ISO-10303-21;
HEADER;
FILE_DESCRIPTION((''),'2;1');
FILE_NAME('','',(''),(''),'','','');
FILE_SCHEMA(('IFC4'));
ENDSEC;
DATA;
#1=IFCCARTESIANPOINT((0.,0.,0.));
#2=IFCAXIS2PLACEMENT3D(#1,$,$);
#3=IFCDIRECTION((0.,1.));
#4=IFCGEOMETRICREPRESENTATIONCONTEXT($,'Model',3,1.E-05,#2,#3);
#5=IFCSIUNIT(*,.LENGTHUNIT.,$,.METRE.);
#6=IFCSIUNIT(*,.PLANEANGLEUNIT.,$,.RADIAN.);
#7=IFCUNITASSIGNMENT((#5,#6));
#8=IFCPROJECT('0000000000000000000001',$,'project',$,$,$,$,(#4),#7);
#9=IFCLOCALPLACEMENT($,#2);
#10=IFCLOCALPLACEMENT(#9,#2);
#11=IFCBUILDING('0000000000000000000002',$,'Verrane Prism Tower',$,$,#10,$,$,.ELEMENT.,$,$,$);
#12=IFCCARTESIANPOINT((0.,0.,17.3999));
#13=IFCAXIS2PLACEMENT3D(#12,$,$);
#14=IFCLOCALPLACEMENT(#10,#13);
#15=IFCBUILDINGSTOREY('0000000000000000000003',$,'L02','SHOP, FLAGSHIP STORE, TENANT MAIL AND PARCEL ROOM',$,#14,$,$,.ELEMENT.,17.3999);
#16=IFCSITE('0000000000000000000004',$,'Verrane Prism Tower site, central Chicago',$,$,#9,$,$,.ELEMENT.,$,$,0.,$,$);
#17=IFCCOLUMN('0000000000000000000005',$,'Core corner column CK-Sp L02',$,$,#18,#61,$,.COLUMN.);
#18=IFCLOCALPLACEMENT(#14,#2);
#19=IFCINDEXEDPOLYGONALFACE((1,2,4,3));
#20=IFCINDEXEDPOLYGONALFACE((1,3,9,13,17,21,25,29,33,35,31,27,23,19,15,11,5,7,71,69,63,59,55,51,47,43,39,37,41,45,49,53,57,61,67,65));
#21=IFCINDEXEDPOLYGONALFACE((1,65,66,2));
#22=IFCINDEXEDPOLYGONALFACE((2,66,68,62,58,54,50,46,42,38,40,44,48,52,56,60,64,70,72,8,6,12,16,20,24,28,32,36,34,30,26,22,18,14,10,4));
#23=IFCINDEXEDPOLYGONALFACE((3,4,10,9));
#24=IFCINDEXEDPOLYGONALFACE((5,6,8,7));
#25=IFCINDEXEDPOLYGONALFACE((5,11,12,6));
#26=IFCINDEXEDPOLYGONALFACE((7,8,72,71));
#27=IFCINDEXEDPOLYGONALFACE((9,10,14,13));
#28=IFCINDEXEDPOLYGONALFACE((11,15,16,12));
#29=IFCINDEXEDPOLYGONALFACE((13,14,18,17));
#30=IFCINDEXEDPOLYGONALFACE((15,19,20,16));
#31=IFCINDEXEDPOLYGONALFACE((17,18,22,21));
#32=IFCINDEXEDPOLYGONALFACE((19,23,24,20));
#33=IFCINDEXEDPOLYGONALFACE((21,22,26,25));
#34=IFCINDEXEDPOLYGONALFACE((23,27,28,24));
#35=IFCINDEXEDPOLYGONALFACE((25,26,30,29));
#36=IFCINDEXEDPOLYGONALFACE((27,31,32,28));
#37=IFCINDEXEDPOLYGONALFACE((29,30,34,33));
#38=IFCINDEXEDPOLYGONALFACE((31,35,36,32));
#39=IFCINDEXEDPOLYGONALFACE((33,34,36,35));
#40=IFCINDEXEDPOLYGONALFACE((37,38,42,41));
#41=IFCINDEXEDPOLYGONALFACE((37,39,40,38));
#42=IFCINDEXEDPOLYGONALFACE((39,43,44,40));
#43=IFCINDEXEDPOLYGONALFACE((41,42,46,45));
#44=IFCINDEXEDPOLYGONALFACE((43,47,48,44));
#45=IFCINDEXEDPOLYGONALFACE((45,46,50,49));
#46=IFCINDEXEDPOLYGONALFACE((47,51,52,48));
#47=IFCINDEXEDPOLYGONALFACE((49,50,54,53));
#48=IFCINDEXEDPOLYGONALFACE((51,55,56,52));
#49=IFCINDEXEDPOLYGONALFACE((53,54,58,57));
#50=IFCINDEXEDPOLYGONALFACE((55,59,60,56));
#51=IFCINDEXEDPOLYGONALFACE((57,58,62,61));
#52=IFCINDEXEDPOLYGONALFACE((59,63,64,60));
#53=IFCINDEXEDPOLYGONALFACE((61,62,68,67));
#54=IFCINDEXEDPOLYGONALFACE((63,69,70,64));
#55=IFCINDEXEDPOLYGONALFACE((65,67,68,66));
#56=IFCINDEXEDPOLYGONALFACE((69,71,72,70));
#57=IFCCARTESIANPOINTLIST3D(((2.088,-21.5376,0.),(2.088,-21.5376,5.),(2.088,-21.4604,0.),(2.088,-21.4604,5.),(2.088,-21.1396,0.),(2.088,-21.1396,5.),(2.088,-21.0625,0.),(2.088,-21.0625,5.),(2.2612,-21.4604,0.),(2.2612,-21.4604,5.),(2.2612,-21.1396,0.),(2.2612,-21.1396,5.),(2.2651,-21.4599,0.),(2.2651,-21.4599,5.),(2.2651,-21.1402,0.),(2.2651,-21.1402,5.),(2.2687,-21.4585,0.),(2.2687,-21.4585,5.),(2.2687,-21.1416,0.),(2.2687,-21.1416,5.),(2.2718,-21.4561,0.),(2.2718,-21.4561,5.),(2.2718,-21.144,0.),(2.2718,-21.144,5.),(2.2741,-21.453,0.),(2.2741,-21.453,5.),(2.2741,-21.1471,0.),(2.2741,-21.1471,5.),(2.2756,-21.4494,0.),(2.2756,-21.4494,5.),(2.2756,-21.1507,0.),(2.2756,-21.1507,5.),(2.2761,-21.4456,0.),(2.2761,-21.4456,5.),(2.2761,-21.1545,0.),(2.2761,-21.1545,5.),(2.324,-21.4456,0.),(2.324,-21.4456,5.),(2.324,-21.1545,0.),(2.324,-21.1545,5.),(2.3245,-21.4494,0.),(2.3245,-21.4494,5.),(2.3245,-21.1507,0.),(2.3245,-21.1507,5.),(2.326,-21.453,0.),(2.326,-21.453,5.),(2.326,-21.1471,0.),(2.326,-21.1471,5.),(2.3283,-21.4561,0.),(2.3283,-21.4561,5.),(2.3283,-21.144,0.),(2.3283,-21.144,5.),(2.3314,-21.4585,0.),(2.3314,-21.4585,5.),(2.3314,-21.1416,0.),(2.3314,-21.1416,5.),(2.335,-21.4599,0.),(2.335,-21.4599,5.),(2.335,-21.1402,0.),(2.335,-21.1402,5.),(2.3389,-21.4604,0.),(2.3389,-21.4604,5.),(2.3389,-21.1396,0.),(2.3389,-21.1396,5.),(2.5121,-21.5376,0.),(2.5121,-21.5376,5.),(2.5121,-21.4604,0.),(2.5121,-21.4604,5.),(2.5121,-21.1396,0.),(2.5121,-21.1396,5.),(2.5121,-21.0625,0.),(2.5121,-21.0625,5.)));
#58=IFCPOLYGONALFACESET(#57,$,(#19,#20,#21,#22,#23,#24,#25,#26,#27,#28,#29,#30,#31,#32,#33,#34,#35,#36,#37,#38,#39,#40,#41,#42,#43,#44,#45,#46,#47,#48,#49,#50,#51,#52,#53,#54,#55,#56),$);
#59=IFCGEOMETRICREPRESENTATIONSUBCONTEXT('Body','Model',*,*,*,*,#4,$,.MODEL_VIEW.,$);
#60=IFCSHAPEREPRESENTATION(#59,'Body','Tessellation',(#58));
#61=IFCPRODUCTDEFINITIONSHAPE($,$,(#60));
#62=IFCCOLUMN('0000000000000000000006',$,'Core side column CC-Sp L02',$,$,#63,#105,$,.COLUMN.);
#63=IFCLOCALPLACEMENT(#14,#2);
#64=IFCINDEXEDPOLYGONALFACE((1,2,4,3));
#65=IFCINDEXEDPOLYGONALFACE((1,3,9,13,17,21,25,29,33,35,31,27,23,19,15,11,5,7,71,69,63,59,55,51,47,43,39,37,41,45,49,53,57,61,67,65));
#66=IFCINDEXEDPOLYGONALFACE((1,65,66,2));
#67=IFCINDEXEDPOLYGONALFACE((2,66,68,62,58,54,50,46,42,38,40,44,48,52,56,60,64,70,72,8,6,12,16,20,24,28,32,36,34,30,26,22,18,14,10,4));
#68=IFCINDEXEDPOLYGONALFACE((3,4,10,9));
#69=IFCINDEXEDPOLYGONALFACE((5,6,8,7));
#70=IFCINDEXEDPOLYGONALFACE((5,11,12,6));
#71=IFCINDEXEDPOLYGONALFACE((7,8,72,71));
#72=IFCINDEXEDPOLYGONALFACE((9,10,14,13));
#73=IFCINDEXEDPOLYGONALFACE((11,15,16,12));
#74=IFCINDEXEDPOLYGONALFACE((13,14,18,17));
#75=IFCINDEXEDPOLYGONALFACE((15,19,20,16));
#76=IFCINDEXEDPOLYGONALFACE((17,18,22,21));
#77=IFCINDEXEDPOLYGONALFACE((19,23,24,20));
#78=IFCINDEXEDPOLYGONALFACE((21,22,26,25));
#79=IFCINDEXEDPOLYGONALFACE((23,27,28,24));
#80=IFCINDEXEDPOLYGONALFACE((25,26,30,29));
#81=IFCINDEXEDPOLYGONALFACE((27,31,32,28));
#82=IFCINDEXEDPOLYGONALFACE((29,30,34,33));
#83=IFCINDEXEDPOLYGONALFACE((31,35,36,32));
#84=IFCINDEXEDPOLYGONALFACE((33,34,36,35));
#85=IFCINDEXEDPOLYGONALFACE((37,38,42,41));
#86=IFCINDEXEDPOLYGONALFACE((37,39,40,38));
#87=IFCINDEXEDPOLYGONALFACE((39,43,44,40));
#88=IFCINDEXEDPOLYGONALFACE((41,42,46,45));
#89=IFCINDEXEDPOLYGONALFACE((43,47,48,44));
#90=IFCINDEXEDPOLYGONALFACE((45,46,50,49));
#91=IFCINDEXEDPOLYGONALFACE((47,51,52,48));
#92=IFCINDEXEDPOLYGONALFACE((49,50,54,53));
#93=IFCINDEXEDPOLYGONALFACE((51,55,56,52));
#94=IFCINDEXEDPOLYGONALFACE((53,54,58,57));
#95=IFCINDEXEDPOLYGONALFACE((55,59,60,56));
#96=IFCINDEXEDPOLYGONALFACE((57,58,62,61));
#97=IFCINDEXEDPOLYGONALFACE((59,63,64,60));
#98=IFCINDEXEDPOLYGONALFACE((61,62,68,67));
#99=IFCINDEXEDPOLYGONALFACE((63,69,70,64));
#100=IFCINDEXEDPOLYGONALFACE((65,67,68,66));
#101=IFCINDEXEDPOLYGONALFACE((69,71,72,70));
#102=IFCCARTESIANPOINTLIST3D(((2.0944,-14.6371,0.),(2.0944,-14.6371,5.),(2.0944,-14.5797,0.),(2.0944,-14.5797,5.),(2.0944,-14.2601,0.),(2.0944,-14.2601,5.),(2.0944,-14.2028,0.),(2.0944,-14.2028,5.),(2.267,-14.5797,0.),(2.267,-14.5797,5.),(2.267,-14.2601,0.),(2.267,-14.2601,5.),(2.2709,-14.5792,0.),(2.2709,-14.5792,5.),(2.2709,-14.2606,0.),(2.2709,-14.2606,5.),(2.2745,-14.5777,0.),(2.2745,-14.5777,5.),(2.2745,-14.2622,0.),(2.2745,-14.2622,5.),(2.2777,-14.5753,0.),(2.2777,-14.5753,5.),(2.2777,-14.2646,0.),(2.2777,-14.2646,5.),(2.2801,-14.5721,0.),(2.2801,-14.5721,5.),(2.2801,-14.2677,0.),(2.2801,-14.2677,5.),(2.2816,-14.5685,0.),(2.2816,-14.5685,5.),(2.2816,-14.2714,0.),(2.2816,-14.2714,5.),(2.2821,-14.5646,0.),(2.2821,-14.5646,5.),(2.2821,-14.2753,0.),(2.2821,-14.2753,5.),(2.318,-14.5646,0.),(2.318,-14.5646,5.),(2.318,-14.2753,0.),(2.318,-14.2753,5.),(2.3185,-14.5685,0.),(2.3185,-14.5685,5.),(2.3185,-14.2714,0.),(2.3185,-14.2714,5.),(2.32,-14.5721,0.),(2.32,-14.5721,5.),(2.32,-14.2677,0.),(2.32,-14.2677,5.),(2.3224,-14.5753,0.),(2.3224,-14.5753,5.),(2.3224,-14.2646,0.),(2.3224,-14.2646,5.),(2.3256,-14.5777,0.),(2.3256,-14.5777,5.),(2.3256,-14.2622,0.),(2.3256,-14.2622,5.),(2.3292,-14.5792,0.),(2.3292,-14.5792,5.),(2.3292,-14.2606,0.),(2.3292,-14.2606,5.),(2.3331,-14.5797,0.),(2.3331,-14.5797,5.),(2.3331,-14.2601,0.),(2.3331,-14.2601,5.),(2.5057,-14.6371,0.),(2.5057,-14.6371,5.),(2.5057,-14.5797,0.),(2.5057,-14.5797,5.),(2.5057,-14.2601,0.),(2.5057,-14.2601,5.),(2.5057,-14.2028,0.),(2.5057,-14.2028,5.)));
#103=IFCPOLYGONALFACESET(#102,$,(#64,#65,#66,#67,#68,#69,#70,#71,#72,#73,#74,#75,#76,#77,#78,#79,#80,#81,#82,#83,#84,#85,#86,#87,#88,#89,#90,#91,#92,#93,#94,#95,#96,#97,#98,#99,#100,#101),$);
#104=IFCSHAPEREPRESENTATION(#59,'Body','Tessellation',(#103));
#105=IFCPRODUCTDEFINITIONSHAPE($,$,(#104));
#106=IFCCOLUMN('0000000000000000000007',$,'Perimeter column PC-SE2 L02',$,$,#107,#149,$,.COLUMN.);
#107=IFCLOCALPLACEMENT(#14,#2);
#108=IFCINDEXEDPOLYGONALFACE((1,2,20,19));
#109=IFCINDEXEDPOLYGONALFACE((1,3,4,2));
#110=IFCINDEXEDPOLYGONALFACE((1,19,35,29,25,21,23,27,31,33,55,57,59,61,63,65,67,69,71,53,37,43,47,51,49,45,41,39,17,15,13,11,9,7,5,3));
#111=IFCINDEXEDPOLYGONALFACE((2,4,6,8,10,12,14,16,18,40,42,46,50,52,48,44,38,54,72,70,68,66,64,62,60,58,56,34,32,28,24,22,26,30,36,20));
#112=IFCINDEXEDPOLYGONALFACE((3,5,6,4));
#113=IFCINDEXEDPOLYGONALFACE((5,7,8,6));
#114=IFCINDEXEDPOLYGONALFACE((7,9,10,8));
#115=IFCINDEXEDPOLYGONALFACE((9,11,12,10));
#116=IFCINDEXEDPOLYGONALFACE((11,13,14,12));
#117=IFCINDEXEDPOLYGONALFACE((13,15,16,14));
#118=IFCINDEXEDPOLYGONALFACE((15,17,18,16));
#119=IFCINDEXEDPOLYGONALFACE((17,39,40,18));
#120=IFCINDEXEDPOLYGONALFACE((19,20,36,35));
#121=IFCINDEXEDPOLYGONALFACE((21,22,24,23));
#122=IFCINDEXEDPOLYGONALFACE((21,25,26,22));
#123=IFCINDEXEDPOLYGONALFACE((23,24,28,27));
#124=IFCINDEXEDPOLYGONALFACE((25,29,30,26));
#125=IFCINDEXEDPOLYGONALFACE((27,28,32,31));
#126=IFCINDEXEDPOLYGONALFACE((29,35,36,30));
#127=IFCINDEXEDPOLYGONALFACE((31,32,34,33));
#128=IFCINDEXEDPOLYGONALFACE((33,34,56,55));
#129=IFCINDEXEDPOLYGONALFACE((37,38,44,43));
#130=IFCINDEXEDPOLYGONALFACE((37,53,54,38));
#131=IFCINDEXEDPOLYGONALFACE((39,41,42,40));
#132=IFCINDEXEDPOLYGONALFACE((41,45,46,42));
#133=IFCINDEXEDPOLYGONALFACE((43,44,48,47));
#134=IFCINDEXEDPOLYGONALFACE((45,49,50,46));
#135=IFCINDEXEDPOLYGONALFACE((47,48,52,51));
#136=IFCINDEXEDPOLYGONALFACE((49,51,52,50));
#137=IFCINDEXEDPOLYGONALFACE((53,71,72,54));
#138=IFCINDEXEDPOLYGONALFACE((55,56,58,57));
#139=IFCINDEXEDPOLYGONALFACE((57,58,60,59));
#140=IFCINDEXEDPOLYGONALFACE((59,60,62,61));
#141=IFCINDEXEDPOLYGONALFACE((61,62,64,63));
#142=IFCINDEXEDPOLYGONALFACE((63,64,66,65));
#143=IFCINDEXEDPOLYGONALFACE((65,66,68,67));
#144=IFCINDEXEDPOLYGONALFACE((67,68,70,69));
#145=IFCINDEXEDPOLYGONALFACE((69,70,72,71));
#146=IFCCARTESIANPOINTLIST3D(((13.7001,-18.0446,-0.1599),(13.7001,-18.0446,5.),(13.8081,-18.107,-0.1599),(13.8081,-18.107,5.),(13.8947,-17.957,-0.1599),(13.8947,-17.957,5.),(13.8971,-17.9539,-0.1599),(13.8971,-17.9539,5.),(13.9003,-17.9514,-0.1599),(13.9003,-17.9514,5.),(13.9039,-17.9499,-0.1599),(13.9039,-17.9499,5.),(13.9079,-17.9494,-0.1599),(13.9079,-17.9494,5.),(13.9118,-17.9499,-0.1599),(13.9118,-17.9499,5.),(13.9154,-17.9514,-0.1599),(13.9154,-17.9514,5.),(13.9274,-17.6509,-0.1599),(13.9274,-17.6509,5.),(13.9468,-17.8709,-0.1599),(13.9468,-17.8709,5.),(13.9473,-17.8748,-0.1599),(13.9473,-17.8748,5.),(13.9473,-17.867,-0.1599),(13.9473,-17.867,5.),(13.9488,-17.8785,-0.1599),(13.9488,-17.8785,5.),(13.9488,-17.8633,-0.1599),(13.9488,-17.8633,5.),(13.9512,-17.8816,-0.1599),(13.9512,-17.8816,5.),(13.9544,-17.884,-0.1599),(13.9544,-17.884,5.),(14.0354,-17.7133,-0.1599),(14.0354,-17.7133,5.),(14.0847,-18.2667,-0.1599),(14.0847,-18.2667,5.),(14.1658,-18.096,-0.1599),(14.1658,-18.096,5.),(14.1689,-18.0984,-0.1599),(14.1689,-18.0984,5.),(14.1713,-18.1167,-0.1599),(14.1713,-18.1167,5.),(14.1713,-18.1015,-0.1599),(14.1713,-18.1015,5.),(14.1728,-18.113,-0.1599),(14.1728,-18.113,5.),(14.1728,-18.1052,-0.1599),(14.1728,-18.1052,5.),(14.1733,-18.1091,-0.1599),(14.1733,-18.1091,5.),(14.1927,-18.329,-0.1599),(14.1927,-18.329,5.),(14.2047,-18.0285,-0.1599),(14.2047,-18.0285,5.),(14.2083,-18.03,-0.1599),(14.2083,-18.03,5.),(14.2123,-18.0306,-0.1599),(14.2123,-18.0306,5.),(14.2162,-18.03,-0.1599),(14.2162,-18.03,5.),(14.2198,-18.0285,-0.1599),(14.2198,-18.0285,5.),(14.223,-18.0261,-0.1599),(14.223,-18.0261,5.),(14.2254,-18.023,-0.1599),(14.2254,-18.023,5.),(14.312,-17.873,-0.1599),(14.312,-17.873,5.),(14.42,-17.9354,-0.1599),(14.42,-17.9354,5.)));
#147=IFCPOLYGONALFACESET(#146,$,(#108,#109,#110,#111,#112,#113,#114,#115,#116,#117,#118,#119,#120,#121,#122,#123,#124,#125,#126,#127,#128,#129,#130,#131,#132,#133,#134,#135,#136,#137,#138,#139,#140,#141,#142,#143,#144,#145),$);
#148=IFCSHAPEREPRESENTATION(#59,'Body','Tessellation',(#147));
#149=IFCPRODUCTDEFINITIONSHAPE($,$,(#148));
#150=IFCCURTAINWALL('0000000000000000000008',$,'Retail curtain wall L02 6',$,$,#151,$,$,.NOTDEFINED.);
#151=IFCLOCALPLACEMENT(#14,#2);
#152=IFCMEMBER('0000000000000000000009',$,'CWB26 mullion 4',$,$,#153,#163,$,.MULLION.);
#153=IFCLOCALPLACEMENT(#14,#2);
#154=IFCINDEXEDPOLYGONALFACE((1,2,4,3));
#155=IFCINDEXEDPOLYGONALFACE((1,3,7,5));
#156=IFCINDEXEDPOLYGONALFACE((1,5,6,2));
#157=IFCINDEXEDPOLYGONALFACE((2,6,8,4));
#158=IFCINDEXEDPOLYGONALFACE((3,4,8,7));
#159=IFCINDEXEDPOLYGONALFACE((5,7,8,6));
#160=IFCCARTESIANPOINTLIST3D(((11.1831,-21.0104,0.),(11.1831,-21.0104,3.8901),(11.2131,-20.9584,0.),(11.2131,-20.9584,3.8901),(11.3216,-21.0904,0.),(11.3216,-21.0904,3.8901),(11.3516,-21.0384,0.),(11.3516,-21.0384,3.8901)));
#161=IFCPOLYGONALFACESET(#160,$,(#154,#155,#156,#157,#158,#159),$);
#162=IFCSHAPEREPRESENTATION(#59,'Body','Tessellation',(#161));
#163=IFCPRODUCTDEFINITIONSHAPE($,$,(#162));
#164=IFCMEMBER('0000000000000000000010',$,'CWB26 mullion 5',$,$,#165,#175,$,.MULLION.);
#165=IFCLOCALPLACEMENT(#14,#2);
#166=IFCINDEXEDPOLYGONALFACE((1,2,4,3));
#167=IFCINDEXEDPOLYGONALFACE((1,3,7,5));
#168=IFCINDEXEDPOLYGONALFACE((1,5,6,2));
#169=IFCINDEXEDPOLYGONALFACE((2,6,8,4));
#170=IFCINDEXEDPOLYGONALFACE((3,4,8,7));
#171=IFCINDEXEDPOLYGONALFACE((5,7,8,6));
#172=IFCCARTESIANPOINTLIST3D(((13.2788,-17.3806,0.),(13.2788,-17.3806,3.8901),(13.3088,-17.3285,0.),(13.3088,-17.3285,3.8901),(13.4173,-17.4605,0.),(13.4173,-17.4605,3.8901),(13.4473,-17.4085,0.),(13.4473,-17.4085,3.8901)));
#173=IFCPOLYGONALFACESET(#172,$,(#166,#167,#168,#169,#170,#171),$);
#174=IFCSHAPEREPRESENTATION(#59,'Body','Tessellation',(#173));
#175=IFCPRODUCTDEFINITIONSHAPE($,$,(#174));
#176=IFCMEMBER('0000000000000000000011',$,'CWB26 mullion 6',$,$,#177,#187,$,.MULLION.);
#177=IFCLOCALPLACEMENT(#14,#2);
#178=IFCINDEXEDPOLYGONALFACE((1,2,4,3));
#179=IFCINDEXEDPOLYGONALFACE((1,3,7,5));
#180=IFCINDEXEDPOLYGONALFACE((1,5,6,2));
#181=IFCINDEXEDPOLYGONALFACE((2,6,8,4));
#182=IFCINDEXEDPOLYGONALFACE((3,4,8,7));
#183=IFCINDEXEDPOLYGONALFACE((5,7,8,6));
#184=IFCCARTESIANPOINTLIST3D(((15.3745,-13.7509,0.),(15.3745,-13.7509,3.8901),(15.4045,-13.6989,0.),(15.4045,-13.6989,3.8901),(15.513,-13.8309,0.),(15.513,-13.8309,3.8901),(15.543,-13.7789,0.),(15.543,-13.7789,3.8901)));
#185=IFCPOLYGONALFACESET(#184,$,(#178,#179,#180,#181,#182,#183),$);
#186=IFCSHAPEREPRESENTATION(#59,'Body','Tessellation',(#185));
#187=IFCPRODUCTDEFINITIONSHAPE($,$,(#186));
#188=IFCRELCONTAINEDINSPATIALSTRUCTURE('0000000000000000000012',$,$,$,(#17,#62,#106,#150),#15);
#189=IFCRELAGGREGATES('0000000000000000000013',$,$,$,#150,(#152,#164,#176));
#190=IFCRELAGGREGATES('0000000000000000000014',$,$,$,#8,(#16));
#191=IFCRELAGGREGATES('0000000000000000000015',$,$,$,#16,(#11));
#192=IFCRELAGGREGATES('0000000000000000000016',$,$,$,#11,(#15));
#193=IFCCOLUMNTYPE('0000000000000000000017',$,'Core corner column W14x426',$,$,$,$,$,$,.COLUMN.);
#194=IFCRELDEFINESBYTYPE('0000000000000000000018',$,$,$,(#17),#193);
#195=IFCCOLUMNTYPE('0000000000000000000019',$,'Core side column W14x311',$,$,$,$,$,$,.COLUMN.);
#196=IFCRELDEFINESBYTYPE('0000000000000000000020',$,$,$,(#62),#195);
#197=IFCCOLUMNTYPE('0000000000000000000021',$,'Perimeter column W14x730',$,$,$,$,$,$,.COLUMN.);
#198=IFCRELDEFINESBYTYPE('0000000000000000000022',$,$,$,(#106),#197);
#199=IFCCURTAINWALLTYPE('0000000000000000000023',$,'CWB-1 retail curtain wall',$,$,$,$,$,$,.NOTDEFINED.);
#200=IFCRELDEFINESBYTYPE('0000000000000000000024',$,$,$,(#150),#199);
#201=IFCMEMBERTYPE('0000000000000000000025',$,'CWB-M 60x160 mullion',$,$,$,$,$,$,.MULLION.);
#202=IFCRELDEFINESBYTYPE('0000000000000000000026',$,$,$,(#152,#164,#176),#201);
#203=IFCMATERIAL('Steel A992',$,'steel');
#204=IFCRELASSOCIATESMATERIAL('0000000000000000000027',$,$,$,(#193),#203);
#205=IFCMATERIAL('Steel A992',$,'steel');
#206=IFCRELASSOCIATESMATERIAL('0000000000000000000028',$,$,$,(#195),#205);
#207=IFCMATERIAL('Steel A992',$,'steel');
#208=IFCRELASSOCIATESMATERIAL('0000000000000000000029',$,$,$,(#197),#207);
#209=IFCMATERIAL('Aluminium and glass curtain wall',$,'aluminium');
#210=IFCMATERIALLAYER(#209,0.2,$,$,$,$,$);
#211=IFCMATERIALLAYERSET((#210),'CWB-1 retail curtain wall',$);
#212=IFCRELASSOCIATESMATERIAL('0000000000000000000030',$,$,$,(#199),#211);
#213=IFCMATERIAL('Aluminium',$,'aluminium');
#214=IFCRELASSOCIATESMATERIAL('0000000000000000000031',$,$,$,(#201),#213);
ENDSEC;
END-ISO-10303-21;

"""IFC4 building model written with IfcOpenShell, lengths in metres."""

from ifc_helpers import new_model, si_unit, direction, frame, origin, origin_2d, place, context, subcontext, project, spatial, rectangle, i_section, extrude, material, layer, layer_set, material_profile, profile_set, type_object, element, aggregate, save


model = new_model("IFC4")

# Units and contexts
model_context = context("Model", 3, precision=1e-05, world=origin(), true_north=direction((0.0, 1.0)))
body_context = subcontext(model_context, "Body", "Model", "MODEL_VIEW")
ifc_project = project(units=[si_unit("LENGTHUNIT", "METRE"), si_unit("PLANEANGLEUNIT", "RADIAN")], contexts=[model_context])

# Site, building, storey
site_placement = place(None, origin())
site = spatial("IfcSite", under=ifc_project, at=site_placement, Name="Verrane Prism Tower site, central Chicago", CompositionType="ELEMENT", RefElevation=0.0)
building_placement = place(site_placement, origin())
building = spatial("IfcBuilding", under=site, at=building_placement, Name="Verrane Prism Tower", CompositionType="ELEMENT")
storey_placement = place(building_placement, frame((0.0, 0.0, 17.3999)))
storey = spatial("IfcBuildingStorey", under=building, at=storey_placement, Name="L02", Description="SHOP, FLAGSHIP STORE, TENANT MAIL AND PARCEL ROOM", CompositionType="ELEMENT", Elevation=17.3999)

# Columns
ifc_material_1 = material(Name="Steel A992", Category="steel")
ifc_material_profile_1 = material_profile(ifc_material_1, i_section(OverallWidth=0.4241, OverallDepth=0.4751, WebThickness=0.0479, FlangeThickness=0.0771, FilletRadius=0.0149, at=origin_2d()), Name="W14x426")
ifc_profile_set_1 = profile_set([ifc_material_profile_1], Name="Steel A992")
column_type_1 = type_object("IfcColumnType", Name="Core corner column W14x426", PredefinedType="COLUMN", material=ifc_profile_set_1)
column_1_placement = place(storey_placement, frame((2.3, -21.3, 0.0), z_axis=(0.0, 0.0, 1.0), x_axis=(-1.0, 0.0, 0.0)))
element("IfcColumn", 1, at=column_1_placement, inside=storey, type_object=column_type_1, Name="Core corner column CK-Sp L02", PredefinedType="COLUMN", context=body_context, shape_type="SweptSolid", body=[
    extrude(i_section(OverallWidth=0.4241, OverallDepth=0.4751, WebThickness=0.0479, FlangeThickness=0.0771, FilletRadius=0.0149, at=origin_2d()), origin(), (0.0, 0.0, 1.0), 5.0),
])
ifc_material_2 = material(Name="Steel A992", Category="steel")
ifc_material_profile_2 = material_profile(ifc_material_2, i_section(OverallWidth=0.4114, OverallDepth=0.4343, WebThickness=0.0359, FlangeThickness=0.0574, FilletRadius=0.0151, at=origin_2d()), Name="W14x311")
ifc_profile_set_2 = profile_set([ifc_material_profile_2], Name="Steel A992")
column_type_2 = type_object("IfcColumnType", Name="Core side column W14x311", PredefinedType="COLUMN", material=ifc_profile_set_2)
column_2_placement = place(storey_placement, frame((2.3, -14.4199, 0.0), z_axis=(0.0, 0.0, 1.0), x_axis=(1.0, 0.0, 0.0)))
element("IfcColumn", 2, at=column_2_placement, inside=storey, type_object=column_type_2, Name="Core side column CC-Sp L02", PredefinedType="COLUMN", context=body_context, shape_type="SweptSolid", body=[
    extrude(i_section(OverallWidth=0.4114, OverallDepth=0.4343, WebThickness=0.0359, FlangeThickness=0.0574, FilletRadius=0.0151, at=origin_2d()), origin(), (0.0, 0.0, 1.0), 5.0),
])
ifc_material_3 = material(Name="Steel A992", Category="steel")
ifc_material_profile_3 = material_profile(ifc_material_3, i_section(OverallWidth=0.4546, OverallDepth=0.5688, WebThickness=0.0779, FlangeThickness=0.1248, FilletRadius=0.0151, at=origin_2d()), Name="W14x730")
ifc_profile_set_3 = profile_set([ifc_material_profile_3], Name="Steel A992")
column_type_3 = type_object("IfcColumnType", Name="Perimeter column W14x730", PredefinedType="COLUMN", material=ifc_profile_set_3)
column_3_placement = place(storey_placement, frame((14.0601, -17.99, -0.1599), z_axis=(0.0, 0.0, 1.0), x_axis=(-0.5, -0.866025, 0.0)))
element("IfcColumn", 3, at=column_3_placement, inside=storey, type_object=column_type_3, Name="Perimeter column PC-SE2 L02", PredefinedType="COLUMN", context=body_context, shape_type="SweptSolid", body=[
    extrude(i_section(OverallWidth=0.4546, OverallDepth=0.5688, WebThickness=0.0779, FlangeThickness=0.1248, FilletRadius=0.0151, at=origin_2d()), origin(), (0.0, 0.0, 1.0), 5.1599),
])

# Curtain wall, members
ifc_material_4 = material(Name="Aluminium and glass curtain wall", Category="aluminium")
ifc_layer_1 = layer(ifc_material_4, 0.2)
ifc_layer_set_1 = layer_set([ifc_layer_1], Name="CWB-1 retail curtain wall")
curtain_wall_type = type_object("IfcCurtainWallType", Name="CWB-1 retail curtain wall", PredefinedType="NOTDEFINED", material=ifc_layer_set_1)
curtain_wall_placement = place(storey_placement, origin())
curtain_wall = element("IfcCurtainWall", 4, at=curtain_wall_placement, inside=storey, type_object=curtain_wall_type, Name="Retail curtain wall L02 6", PredefinedType="NOTDEFINED")
ifc_material_5 = material(Name="Aluminium", Category="aluminium")
ifc_material_profile_4 = material_profile(ifc_material_5, rectangle(XDim=0.1599, YDim=0.0601, at=origin_2d()), Name="CWB-M 60x160 mullion")
ifc_profile_set_4 = profile_set([ifc_material_profile_4], Name="Aluminium")
member_type_1 = type_object("IfcMemberType", Name="CWB-M 60x160 mullion", PredefinedType="MULLION", material=ifc_profile_set_4)
member_1_placement = place(storey_placement, frame((11.2673, -21.0244, 0.0), z_axis=(0.0, 0.0, 1.0), x_axis=(-0.866025, 0.5, 0.0)))
member_1 = element("IfcMember", 5, at=member_1_placement, type_object=member_type_1, Name="CWB26 mullion 4", PredefinedType="MULLION", context=body_context, shape_type="SweptSolid", body=[
    extrude(rectangle(XDim=0.1599, YDim=0.0601, at=origin_2d()), origin(), (0.0, 0.0, 1.0), 3.8901),
])
member_2_placement = place(storey_placement, frame((13.363, -17.3945, 0.0), z_axis=(0.0, 0.0, 1.0), x_axis=(-0.866025, 0.5, 0.0)))
member_2 = element("IfcMember", 6, at=member_2_placement, type_object=member_type_1, Name="CWB26 mullion 5", PredefinedType="MULLION", context=body_context, shape_type="SweptSolid", body=[
    extrude(rectangle(XDim=0.1599, YDim=0.0601, at=origin_2d()), origin(), (0.0, 0.0, 1.0), 3.8901),
])
member_3_placement = place(storey_placement, frame((15.4587, -13.7649, 0.0), z_axis=(0.0, 0.0, 1.0), x_axis=(-0.866025, 0.5, 0.0)))
member_3 = element("IfcMember", 7, at=member_3_placement, type_object=member_type_1, Name="CWB26 mullion 6", PredefinedType="MULLION", context=body_context, shape_type="SweptSolid", body=[
    extrude(rectangle(XDim=0.1599, YDim=0.0601, at=origin_2d()), origin(), (0.0, 0.0, 1.0), 3.8901),
])

aggregate(curtain_wall, [member_1, member_2, member_3])

save(model, "model.ifc")
